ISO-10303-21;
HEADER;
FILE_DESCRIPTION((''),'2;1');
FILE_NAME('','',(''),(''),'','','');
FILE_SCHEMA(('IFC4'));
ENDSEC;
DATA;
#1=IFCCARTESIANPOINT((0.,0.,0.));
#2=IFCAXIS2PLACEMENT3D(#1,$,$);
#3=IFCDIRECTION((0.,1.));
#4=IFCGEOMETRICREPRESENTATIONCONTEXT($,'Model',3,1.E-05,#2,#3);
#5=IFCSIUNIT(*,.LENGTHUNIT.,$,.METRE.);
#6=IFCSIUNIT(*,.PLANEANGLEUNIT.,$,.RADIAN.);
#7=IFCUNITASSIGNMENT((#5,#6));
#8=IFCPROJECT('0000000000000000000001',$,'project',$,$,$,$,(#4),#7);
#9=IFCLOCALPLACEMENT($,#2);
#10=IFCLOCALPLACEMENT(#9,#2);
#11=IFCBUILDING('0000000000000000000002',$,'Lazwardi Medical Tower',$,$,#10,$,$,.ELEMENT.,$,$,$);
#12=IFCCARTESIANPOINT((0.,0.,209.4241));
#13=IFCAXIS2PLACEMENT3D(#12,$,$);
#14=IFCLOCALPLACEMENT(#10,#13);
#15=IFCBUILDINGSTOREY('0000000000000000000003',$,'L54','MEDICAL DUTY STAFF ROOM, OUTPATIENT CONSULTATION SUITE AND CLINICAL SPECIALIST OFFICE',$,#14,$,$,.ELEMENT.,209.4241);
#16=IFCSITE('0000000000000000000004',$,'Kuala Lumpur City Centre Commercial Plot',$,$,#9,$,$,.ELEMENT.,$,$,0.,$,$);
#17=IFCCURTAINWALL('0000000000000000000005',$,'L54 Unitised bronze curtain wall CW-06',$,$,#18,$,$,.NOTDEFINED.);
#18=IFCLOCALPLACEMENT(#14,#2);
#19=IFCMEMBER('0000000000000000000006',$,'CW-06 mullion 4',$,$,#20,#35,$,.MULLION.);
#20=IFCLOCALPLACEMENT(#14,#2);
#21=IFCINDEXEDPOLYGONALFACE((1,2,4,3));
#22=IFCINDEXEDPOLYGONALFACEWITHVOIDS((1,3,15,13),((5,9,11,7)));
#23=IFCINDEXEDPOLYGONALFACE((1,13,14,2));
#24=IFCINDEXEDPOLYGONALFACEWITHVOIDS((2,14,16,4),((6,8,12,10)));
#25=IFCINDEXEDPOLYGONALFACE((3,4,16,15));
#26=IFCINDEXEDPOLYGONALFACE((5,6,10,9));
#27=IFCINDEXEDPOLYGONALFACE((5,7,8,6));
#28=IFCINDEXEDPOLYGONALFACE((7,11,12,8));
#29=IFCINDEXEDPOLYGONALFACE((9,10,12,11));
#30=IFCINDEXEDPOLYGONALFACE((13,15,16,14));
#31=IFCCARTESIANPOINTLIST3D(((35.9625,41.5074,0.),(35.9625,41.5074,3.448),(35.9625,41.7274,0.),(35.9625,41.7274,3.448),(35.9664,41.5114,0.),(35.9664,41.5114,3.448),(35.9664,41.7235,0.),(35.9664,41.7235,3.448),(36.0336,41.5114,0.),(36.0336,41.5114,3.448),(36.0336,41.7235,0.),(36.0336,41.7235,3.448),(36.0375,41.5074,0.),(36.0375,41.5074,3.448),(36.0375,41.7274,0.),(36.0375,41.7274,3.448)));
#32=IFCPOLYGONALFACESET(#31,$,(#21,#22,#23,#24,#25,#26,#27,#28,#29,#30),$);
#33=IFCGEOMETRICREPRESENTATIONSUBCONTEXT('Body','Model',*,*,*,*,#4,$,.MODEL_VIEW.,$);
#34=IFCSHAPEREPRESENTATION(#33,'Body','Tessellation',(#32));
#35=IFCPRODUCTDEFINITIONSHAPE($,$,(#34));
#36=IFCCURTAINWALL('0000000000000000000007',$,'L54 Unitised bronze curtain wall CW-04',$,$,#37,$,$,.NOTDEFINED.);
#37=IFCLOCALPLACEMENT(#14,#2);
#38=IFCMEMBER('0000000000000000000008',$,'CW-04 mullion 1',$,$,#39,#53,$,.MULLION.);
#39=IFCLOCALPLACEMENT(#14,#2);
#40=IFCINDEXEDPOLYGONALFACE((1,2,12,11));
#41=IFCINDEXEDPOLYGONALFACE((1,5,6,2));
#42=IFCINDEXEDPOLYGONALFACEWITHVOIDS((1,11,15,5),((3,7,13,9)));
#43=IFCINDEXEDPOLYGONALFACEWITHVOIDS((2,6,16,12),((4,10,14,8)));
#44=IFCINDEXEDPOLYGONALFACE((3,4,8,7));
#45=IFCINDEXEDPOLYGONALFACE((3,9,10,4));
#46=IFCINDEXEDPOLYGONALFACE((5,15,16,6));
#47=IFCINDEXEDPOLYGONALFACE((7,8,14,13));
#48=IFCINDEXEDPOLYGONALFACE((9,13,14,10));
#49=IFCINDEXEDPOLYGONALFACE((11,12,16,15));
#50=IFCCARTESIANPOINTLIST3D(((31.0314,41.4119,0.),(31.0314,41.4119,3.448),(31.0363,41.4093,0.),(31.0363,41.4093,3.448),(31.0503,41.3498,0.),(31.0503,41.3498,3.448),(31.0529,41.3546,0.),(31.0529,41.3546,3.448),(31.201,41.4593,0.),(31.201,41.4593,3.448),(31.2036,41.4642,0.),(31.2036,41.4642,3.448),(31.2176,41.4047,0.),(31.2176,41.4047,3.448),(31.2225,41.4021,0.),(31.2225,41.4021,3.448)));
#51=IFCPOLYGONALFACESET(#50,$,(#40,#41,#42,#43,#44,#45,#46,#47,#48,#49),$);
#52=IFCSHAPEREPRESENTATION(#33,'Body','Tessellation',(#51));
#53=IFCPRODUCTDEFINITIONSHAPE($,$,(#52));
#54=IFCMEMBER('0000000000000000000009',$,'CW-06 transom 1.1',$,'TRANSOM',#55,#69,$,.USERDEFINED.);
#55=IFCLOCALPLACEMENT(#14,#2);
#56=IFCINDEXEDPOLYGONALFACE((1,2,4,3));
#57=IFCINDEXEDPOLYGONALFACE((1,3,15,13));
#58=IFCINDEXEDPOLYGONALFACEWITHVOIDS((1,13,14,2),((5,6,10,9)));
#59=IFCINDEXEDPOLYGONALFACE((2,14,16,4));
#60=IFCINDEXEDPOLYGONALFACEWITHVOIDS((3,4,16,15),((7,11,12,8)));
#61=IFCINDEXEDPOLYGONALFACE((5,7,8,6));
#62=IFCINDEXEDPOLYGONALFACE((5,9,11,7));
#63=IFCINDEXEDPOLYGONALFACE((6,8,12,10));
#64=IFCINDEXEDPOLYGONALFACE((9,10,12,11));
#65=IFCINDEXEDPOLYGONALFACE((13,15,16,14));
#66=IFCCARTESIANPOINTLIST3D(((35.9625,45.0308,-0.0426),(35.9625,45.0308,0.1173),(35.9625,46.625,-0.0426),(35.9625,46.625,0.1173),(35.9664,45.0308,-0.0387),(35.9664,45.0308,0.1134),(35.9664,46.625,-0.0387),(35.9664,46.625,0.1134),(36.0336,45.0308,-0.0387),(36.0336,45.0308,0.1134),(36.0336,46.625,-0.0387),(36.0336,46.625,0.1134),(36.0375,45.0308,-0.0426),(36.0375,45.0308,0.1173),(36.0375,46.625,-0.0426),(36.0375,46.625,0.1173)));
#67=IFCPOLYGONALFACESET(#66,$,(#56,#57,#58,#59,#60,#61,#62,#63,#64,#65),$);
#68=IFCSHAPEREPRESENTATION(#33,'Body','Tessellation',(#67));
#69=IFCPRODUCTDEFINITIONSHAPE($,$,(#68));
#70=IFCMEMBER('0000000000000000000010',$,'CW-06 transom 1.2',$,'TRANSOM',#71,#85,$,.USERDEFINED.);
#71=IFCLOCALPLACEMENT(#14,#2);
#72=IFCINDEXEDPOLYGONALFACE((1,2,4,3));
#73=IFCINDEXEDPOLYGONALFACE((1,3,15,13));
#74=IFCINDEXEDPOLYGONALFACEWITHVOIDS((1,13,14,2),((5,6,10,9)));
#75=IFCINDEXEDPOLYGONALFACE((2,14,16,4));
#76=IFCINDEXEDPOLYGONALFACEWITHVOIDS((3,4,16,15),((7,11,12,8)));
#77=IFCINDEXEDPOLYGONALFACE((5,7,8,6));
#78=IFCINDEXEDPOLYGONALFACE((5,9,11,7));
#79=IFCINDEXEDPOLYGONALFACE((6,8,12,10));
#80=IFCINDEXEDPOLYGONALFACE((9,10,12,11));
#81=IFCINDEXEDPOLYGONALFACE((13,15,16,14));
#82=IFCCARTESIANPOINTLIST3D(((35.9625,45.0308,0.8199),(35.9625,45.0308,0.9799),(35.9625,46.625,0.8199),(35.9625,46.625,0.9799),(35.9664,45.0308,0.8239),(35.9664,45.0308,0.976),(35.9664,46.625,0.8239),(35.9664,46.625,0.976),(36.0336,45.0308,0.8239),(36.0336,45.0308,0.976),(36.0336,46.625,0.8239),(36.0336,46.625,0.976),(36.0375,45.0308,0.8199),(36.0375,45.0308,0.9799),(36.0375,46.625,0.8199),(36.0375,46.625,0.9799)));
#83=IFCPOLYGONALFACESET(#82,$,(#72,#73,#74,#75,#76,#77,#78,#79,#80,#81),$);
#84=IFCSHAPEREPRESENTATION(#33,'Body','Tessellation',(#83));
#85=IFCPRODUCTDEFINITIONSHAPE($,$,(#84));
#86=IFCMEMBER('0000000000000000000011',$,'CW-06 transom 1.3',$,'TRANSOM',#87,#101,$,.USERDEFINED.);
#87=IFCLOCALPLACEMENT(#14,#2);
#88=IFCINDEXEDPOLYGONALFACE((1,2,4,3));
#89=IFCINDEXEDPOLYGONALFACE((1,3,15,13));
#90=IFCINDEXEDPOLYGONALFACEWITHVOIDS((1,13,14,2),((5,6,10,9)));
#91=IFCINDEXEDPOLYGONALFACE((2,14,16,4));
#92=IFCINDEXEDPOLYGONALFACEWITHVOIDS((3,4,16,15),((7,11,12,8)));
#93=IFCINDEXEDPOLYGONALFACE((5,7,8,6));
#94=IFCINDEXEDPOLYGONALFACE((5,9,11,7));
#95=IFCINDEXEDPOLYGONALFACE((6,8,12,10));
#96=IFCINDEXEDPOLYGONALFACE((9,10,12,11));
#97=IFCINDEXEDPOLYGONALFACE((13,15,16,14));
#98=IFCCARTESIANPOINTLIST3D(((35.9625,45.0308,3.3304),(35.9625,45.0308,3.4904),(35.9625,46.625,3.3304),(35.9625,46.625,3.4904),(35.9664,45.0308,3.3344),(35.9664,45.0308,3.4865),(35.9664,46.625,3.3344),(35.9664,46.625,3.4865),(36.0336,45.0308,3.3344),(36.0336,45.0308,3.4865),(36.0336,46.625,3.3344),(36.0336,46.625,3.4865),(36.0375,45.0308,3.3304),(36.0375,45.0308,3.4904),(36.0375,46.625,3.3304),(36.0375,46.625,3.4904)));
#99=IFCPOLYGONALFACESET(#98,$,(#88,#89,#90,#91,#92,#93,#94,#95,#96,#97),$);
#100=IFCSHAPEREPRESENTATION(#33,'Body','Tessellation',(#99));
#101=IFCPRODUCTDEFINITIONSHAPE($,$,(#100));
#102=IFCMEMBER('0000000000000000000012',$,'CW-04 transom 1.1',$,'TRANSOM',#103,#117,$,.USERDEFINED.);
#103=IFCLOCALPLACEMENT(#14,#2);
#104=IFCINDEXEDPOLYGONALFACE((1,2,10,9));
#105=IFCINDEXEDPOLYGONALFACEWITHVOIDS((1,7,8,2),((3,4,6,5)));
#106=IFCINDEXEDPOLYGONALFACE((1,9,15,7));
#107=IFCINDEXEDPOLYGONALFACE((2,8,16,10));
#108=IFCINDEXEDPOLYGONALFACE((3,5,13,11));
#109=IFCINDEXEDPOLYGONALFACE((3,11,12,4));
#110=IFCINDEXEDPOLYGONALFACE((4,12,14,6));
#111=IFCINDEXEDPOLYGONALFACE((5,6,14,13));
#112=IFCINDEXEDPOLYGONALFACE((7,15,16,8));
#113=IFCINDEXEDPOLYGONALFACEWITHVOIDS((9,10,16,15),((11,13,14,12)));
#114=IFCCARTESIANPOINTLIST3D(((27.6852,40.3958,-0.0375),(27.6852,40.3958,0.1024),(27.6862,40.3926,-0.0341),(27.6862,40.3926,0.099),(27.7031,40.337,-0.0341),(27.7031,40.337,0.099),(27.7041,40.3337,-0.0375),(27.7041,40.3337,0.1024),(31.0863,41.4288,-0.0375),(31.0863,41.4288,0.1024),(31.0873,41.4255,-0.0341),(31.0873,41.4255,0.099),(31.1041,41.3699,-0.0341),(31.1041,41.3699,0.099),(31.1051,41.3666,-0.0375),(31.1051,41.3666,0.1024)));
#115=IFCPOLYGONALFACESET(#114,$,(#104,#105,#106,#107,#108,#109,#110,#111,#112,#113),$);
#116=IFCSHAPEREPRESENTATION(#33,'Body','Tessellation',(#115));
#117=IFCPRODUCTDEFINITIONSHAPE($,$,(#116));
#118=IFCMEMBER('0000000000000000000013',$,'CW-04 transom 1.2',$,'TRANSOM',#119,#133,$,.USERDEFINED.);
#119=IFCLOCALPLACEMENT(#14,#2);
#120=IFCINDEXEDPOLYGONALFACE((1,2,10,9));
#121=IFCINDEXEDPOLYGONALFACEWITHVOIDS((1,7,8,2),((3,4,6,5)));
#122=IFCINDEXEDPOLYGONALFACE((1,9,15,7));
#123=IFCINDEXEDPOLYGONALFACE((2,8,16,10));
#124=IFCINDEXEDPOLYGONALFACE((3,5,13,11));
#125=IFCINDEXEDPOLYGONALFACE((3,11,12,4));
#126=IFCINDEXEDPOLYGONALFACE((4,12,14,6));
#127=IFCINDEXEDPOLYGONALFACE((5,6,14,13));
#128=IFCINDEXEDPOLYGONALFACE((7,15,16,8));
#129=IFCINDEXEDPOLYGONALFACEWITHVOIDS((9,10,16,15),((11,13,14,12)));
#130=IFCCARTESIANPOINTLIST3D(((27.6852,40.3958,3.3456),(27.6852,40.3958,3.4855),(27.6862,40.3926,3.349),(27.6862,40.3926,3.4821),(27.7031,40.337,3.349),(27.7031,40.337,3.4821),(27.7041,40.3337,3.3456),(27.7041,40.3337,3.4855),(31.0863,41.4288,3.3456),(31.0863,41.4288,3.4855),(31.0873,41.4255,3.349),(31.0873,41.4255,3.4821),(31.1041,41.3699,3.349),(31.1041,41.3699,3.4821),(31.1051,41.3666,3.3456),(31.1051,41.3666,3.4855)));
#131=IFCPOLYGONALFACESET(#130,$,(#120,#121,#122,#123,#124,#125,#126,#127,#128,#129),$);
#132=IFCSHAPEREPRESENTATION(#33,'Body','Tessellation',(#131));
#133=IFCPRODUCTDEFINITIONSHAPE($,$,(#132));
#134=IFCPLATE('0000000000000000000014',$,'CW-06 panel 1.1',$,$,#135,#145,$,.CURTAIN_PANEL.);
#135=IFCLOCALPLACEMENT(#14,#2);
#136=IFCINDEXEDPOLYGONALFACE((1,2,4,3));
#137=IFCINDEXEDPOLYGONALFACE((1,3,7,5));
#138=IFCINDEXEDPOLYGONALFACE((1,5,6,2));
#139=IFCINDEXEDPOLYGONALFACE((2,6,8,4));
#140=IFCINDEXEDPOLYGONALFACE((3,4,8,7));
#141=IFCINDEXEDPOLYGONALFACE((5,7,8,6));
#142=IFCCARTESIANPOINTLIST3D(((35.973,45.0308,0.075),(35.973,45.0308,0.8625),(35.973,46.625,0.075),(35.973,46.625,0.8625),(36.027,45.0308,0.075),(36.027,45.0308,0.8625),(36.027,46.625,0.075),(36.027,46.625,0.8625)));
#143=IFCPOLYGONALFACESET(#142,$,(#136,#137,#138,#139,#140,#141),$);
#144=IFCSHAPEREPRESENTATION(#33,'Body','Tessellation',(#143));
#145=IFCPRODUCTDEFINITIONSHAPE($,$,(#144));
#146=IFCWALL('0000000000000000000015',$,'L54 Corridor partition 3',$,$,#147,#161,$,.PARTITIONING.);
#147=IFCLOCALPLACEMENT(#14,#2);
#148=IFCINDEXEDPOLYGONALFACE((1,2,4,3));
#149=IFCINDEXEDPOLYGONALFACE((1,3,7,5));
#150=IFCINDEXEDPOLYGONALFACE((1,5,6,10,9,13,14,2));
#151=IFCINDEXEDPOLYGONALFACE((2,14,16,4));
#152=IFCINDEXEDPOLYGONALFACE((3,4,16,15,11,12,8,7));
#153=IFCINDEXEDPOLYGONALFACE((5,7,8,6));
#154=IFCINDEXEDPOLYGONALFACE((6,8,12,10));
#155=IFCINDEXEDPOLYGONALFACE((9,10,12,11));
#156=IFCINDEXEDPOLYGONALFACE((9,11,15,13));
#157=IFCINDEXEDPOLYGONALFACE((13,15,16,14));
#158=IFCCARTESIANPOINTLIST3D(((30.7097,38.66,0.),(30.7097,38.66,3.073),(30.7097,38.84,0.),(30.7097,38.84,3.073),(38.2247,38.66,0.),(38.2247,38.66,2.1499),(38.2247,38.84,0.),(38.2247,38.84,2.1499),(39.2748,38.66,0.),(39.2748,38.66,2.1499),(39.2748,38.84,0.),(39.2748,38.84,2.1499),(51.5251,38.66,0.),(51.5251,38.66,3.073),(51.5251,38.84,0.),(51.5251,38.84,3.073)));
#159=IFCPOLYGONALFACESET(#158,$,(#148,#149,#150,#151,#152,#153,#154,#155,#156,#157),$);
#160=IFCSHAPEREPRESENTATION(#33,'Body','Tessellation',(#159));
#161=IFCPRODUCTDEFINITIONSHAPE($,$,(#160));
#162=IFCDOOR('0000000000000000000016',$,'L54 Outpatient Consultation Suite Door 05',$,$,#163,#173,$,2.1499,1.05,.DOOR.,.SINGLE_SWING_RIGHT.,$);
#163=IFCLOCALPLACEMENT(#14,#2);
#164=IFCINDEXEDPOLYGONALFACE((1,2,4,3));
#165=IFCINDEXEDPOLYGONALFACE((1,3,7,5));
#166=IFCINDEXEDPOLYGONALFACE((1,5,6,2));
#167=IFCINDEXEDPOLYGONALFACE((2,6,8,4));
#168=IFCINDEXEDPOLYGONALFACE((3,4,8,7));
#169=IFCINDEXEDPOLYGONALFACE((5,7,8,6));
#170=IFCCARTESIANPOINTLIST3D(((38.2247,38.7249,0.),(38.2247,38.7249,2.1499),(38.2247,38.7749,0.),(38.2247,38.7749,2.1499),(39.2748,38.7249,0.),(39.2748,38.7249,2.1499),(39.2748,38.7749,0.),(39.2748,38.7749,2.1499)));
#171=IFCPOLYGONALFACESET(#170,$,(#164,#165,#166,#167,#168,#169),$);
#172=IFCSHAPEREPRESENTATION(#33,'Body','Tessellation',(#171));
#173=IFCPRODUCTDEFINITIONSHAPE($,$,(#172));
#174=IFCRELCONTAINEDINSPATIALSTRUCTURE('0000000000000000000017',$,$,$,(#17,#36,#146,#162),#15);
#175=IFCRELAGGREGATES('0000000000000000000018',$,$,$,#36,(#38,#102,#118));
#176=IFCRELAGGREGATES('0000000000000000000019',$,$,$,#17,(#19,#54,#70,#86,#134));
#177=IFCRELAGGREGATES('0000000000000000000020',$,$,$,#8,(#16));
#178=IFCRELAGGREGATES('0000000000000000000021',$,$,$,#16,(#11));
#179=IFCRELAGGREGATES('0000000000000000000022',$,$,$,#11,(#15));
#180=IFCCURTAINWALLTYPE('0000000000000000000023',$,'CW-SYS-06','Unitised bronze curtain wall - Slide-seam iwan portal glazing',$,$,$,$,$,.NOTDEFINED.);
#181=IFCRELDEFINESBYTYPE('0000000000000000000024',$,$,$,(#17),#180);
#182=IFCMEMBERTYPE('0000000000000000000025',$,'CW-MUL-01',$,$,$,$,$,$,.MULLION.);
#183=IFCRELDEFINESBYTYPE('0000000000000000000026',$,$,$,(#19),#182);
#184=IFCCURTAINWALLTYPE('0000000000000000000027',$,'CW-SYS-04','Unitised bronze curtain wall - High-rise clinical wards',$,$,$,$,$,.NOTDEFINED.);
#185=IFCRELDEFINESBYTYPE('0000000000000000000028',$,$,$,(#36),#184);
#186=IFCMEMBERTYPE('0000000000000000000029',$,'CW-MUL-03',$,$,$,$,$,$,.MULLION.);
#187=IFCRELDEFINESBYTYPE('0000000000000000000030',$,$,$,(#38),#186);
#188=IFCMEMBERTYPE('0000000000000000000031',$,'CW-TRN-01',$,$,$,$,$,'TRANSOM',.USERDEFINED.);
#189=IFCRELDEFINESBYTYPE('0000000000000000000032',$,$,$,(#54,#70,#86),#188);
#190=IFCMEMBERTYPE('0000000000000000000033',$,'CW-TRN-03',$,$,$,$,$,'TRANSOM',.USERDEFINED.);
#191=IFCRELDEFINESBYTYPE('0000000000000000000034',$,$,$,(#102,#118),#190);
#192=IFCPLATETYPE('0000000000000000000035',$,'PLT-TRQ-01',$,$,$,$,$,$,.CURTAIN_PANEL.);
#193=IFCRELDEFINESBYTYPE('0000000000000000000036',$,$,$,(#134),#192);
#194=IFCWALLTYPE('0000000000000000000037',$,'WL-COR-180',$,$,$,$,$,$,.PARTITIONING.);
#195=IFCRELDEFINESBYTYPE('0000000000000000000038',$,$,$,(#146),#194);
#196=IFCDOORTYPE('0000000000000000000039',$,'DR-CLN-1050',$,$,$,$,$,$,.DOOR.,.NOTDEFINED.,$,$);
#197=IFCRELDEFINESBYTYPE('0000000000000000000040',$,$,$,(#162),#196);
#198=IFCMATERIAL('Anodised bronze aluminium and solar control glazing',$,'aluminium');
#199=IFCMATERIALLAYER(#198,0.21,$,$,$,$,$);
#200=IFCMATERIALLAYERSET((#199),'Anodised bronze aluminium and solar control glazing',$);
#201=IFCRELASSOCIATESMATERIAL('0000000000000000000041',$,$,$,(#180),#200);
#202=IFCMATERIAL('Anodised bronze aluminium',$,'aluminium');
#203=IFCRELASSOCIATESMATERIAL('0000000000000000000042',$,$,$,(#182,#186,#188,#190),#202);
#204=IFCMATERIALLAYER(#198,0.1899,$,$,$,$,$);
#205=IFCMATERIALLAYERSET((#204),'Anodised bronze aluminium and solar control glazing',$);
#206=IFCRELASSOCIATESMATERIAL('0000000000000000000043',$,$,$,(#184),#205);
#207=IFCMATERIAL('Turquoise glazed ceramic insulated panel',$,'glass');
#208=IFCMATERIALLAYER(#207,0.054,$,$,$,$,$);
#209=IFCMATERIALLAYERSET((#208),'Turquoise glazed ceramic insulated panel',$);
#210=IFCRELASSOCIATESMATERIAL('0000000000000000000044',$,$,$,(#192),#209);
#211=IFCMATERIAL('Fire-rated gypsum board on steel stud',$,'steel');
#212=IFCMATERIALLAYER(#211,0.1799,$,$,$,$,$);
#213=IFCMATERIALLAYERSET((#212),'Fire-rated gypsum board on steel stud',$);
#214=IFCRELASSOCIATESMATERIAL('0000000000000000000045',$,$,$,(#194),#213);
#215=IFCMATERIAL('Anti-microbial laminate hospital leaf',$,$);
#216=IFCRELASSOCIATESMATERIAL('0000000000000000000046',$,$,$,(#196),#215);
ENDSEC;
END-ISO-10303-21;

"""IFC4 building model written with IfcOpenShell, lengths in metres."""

from ifc_helpers import new_model, si_unit, direction, frame, frame_2d, origin, origin_2d, place, context, subcontext, project, spatial, rectangle, hollow_rectangle, extrude, material, layer, layer_set, material_profile, profile_set, type_object, element, fill, aggregate, save


model = new_model("IFC4")

# Units and contexts
model_context = context("Model", 3, precision=1e-05, world=origin(), true_north=direction((0.0, 1.0)))
body_context = subcontext(model_context, "Body", "Model", "MODEL_VIEW")
ifc_project = project(units=[si_unit("LENGTHUNIT", "METRE"), si_unit("PLANEANGLEUNIT", "RADIAN")], contexts=[model_context])

# Site, building, storey
site_placement = place(None, origin())
site = spatial("IfcSite", under=ifc_project, at=site_placement, Name="Kuala Lumpur City Centre Commercial Plot", CompositionType="ELEMENT", RefElevation=0.0)
building_placement = place(site_placement, origin())
building = spatial("IfcBuilding", under=site, at=building_placement, Name="Lazwardi Medical Tower", CompositionType="ELEMENT")
storey_placement = place(building_placement, frame((0.0, 0.0, 209.4241)))
storey = spatial("IfcBuildingStorey", under=building, at=storey_placement, Name="L54", Description="MEDICAL DUTY STAFF ROOM, OUTPATIENT CONSULTATION SUITE AND CLINICAL SPECIALIST OFFICE", CompositionType="ELEMENT", Elevation=209.4241)

# Curtain wall, member
ifc_material_1 = material(Name="Anodised bronze aluminium and solar control glazing", Category="aluminium")
ifc_layer_1 = layer(ifc_material_1, 0.21)
ifc_layer_set_1 = layer_set([ifc_layer_1], Name="Anodised bronze aluminium and solar control glazing")
curtain_wall_type_1 = type_object("IfcCurtainWallType", Name="CW-SYS-06", Description="Unitised bronze curtain wall - Slide-seam iwan portal glazing", PredefinedType="NOTDEFINED", material=ifc_layer_set_1)
curtain_wall_1_placement = place(storey_placement, origin())
curtain_wall_1 = element("IfcCurtainWall", 1, at=curtain_wall_1_placement, inside=storey, type_object=curtain_wall_type_1, Name="L54 Unitised bronze curtain wall CW-06", PredefinedType="NOTDEFINED")
ifc_material_2 = material(Name="Anodised bronze aluminium", Category="aluminium")
ifc_material_profile_1 = material_profile(ifc_material_2, hollow_rectangle(XDim=0.075, YDim=0.22, WallThickness=0.0039, at=origin_2d()), Name="ALU-MULLION 220x75x4")
ifc_profile_set_1 = profile_set([ifc_material_profile_1], Name="Anodised bronze aluminium")
member_type_1 = type_object("IfcMemberType", Name="CW-MUL-01", PredefinedType="MULLION", material=ifc_profile_set_1)
member_1_placement = place(storey_placement, frame((36.0, 41.6174, 0.0), z_axis=(0.0, 0.0, 1.0), x_axis=(1.0, 0.0, 0.0)))
member_1 = element("IfcMember", 2, at=member_1_placement, type_object=member_type_1, Name="CW-06 mullion 4", PredefinedType="MULLION", context=body_context, shape_type="SweptSolid", body=[
    extrude(hollow_rectangle(XDim=0.075, YDim=0.22, WallThickness=0.0039, at=origin_2d()), origin(), (0.0, 0.0, 1.0), 3.448),
])

# Curtain wall, member
ifc_layer_2 = layer(ifc_material_1, 0.1899)
ifc_layer_set_2 = layer_set([ifc_layer_2], Name="Anodised bronze aluminium and solar control glazing")
curtain_wall_type_2 = type_object("IfcCurtainWallType", Name="CW-SYS-04", Description="Unitised bronze curtain wall - High-rise clinical wards", PredefinedType="NOTDEFINED", material=ifc_layer_set_2)
curtain_wall_2_placement = place(storey_placement, origin())
curtain_wall_2 = element("IfcCurtainWall", 3, at=curtain_wall_2_placement, inside=storey, type_object=curtain_wall_type_2, Name="L54 Unitised bronze curtain wall CW-04", PredefinedType="NOTDEFINED")
ifc_material_profile_2 = material_profile(ifc_material_2, hollow_rectangle(XDim=0.0649, YDim=0.1799, WallThickness=0.0039, at=origin_2d()), Name="ALU-MULLION 180x65x4")
ifc_profile_set_2 = profile_set([ifc_material_profile_2], Name="Anodised bronze aluminium")
member_type_2 = type_object("IfcMemberType", Name="CW-MUL-03", PredefinedType="MULLION", material=ifc_profile_set_2)
member_2_placement = place(storey_placement, frame((31.127, 41.407, 0.0), z_axis=(0.0, 0.0, 1.0), x_axis=(0.290582, -0.95685, 0.0)))
member_2 = element("IfcMember", 4, at=member_2_placement, type_object=member_type_2, Name="CW-04 mullion 1", PredefinedType="MULLION", context=body_context, shape_type="SweptSolid", body=[
    extrude(hollow_rectangle(XDim=0.0649, YDim=0.1799, WallThickness=0.0039, at=origin_2d()), origin(), (0.0, 0.0, 1.0), 3.448),
])

# Members
ifc_material_profile_3 = material_profile(ifc_material_2, hollow_rectangle(XDim=0.075, YDim=0.1599, WallThickness=0.0039, at=origin_2d()), Name="ALU-TRANSOM 160x75x4")
ifc_profile_set_3 = profile_set([ifc_material_profile_3], Name="Anodised bronze aluminium")
member_type_3 = type_object("IfcMemberType", Name="CW-TRN-01", ElementType="TRANSOM", PredefinedType="USERDEFINED", material=ifc_profile_set_3)
member_3_placement = place(storey_placement, frame((36.0, 46.625, 0.0374), z_axis=(0.0, -1.0, 0.0), x_axis=(1.0, 0.0, 0.0)))
member_3 = element("IfcMember", 5, at=member_3_placement, type_object=member_type_3, Name="CW-06 transom 1.1", ObjectType="TRANSOM", PredefinedType="USERDEFINED", context=body_context, shape_type="SweptSolid", body=[
    extrude(hollow_rectangle(XDim=0.075, YDim=0.1599, WallThickness=0.0039, at=origin_2d()), origin(), (0.0, 0.0, 1.0), 1.5942),
])
member_4_placement = place(storey_placement, frame((36.0, 46.625, 0.8999), z_axis=(0.0, -1.0, 0.0), x_axis=(1.0, 0.0, 0.0)))
member_4 = element("IfcMember", 6, at=member_4_placement, type_object=member_type_3, Name="CW-06 transom 1.2", ObjectType="TRANSOM", PredefinedType="USERDEFINED", context=body_context, shape_type="SweptSolid", body=[
    extrude(hollow_rectangle(XDim=0.075, YDim=0.1599, WallThickness=0.0039, at=origin_2d()), origin(), (0.0, 0.0, 1.0), 1.5942),
])
member_5_placement = place(storey_placement, frame((36.0, 46.625, 3.4104), z_axis=(0.0, -1.0, 0.0), x_axis=(1.0, 0.0, 0.0)))
member_5 = element("IfcMember", 7, at=member_5_placement, type_object=member_type_3, Name="CW-06 transom 1.3", ObjectType="TRANSOM", PredefinedType="USERDEFINED", context=body_context, shape_type="SweptSolid", body=[
    extrude(hollow_rectangle(XDim=0.075, YDim=0.1599, WallThickness=0.0039, at=origin_2d()), origin(), (0.0, 0.0, 1.0), 1.5942),
])
ifc_material_profile_4 = material_profile(ifc_material_2, hollow_rectangle(XDim=0.0649, YDim=0.1399, WallThickness=0.0034, at=origin_2d()), Name="ALU-TRANSOM 140x65x3.5")
ifc_profile_set_4 = profile_set([ifc_material_profile_4], Name="Anodised bronze aluminium")
member_type_4 = type_object("IfcMemberType", Name="CW-TRN-03", ElementType="TRANSOM", PredefinedType="USERDEFINED", material=ifc_profile_set_4)
member_6_placement = place(storey_placement, frame((31.0957, 41.3977, 0.0325), z_axis=(-0.956843, -0.290604, 0.0), x_axis=(0.290604, -0.956843, 0.0)))
member_6 = element("IfcMember", 8, at=member_6_placement, type_object=member_type_4, Name="CW-04 transom 1.1", ObjectType="TRANSOM", PredefinedType="USERDEFINED", context=body_context, shape_type="SweptSolid", body=[
    extrude(hollow_rectangle(XDim=0.0649, YDim=0.1399, WallThickness=0.0034, at=origin_2d()), origin(), (0.0, 0.0, 1.0), 3.5544),
])
member_7_placement = place(storey_placement, frame((31.0957, 41.3977, 3.4155), z_axis=(-0.956843, -0.290604, 0.0), x_axis=(0.290604, -0.956843, 0.0)))
member_7 = element("IfcMember", 9, at=member_7_placement, type_object=member_type_4, Name="CW-04 transom 1.2", ObjectType="TRANSOM", PredefinedType="USERDEFINED", context=body_context, shape_type="SweptSolid", body=[
    extrude(hollow_rectangle(XDim=0.0649, YDim=0.1399, WallThickness=0.0034, at=origin_2d()), origin(), (0.0, 0.0, 1.0), 3.5544),
])
aggregate(curtain_wall_2, [member_2, member_6, member_7])

# Plate
ifc_material_3 = material(Name="Turquoise glazed ceramic insulated panel", Category="glass")
ifc_layer_3 = layer(ifc_material_3, 0.054)
ifc_layer_set_3 = layer_set([ifc_layer_3], Name="Turquoise glazed ceramic insulated panel")
plate_type = type_object("IfcPlateType", Name="PLT-TRQ-01", PredefinedType="CURTAIN_PANEL", material=ifc_layer_set_3)
plate_placement = place(storey_placement, frame((36.0, 45.8279, 0.075), z_axis=(0.0, 0.0, 1.0), x_axis=(0.0, -1.0, 0.0)))
plate = element("IfcPlate", 10, at=plate_placement, type_object=plate_type, Name="CW-06 panel 1.1", PredefinedType="CURTAIN_PANEL", context=body_context, shape_type="SweptSolid", body=[
    extrude(rectangle(XDim=1.5942, YDim=0.054, at=origin_2d()), origin(), (0.0, 0.0, 1.0), 0.7876),
])
aggregate(curtain_wall_1, [member_1, member_3, member_4, member_5, plate])

# Wall, opening, door
ifc_material_4 = material(Name="Fire-rated gypsum board on steel stud", Category="steel")
ifc_layer_4 = layer(ifc_material_4, 0.1799)
ifc_layer_set_4 = layer_set([ifc_layer_4], Name="Fire-rated gypsum board on steel stud")
wall_type_1 = type_object("IfcWallType", Name="WL-COR-180", PredefinedType="PARTITIONING", material=ifc_layer_set_4)
wall_1_placement = place(storey_placement, frame((30.7097, 38.75, 0.0), z_axis=(0.0, 0.0, 1.0), x_axis=(1.0, 0.0, 0.0)))
wall_1 = element("IfcWall", 11, at=wall_1_placement, inside=storey, type_object=wall_type_1, Name="L54 Corridor partition 3", PredefinedType="PARTITIONING", context=body_context, shape_type="SweptSolid", body=[
    extrude(rectangle(XDim=20.8154, YDim=0.1799, at=frame_2d((10.4077, 0.0))), origin(), (0.0, 0.0, 1.0), 3.073),
])
opening_placement = place(wall_1_placement, frame((7.5151, 0.0, 0.0)))
opening = element("IfcOpeningElement", 12, at=opening_placement, cuts=wall_1, PredefinedType="OPENING", context=body_context, shape_type="SweptSolid", body=[
    extrude(rectangle(XDim=1.05, YDim=2.1499, at=frame_2d((0.5249, 1.075))), frame((0.0, 0.0999, 0.0), z_axis=(0.0, -1.0, 0.0), x_axis=(1.0, 0.0, 0.0)), (0.0, 0.0, 1.0), 0.2),
])
ifc_material_5 = material(Name="Anti-microbial laminate hospital leaf")
door_type = type_object("IfcDoorType", Name="DR-CLN-1050", OperationType="NOTDEFINED", PredefinedType="DOOR", material=ifc_material_5)
door_placement = place(opening_placement, origin())
door = element("IfcDoor", 13, at=door_placement, inside=storey, type_object=door_type, Name="L54 Outpatient Consultation Suite Door 05", OperationType="SINGLE_SWING_RIGHT", OverallHeight=2.1499, OverallWidth=1.05, PredefinedType="DOOR", context=body_context, shape_type="SweptSolid", body=[
    extrude(rectangle(XDim=1.05, YDim=2.1499, at=frame_2d((0.5249, 1.075))), frame((0.0, 0.0249, 0.0), z_axis=(0.0, -1.0, 0.0), x_axis=(1.0, 0.0, 0.0)), (0.0, 0.0, 1.0), 0.05),
])
fill(opening, door)

save(model, "model.ifc")
